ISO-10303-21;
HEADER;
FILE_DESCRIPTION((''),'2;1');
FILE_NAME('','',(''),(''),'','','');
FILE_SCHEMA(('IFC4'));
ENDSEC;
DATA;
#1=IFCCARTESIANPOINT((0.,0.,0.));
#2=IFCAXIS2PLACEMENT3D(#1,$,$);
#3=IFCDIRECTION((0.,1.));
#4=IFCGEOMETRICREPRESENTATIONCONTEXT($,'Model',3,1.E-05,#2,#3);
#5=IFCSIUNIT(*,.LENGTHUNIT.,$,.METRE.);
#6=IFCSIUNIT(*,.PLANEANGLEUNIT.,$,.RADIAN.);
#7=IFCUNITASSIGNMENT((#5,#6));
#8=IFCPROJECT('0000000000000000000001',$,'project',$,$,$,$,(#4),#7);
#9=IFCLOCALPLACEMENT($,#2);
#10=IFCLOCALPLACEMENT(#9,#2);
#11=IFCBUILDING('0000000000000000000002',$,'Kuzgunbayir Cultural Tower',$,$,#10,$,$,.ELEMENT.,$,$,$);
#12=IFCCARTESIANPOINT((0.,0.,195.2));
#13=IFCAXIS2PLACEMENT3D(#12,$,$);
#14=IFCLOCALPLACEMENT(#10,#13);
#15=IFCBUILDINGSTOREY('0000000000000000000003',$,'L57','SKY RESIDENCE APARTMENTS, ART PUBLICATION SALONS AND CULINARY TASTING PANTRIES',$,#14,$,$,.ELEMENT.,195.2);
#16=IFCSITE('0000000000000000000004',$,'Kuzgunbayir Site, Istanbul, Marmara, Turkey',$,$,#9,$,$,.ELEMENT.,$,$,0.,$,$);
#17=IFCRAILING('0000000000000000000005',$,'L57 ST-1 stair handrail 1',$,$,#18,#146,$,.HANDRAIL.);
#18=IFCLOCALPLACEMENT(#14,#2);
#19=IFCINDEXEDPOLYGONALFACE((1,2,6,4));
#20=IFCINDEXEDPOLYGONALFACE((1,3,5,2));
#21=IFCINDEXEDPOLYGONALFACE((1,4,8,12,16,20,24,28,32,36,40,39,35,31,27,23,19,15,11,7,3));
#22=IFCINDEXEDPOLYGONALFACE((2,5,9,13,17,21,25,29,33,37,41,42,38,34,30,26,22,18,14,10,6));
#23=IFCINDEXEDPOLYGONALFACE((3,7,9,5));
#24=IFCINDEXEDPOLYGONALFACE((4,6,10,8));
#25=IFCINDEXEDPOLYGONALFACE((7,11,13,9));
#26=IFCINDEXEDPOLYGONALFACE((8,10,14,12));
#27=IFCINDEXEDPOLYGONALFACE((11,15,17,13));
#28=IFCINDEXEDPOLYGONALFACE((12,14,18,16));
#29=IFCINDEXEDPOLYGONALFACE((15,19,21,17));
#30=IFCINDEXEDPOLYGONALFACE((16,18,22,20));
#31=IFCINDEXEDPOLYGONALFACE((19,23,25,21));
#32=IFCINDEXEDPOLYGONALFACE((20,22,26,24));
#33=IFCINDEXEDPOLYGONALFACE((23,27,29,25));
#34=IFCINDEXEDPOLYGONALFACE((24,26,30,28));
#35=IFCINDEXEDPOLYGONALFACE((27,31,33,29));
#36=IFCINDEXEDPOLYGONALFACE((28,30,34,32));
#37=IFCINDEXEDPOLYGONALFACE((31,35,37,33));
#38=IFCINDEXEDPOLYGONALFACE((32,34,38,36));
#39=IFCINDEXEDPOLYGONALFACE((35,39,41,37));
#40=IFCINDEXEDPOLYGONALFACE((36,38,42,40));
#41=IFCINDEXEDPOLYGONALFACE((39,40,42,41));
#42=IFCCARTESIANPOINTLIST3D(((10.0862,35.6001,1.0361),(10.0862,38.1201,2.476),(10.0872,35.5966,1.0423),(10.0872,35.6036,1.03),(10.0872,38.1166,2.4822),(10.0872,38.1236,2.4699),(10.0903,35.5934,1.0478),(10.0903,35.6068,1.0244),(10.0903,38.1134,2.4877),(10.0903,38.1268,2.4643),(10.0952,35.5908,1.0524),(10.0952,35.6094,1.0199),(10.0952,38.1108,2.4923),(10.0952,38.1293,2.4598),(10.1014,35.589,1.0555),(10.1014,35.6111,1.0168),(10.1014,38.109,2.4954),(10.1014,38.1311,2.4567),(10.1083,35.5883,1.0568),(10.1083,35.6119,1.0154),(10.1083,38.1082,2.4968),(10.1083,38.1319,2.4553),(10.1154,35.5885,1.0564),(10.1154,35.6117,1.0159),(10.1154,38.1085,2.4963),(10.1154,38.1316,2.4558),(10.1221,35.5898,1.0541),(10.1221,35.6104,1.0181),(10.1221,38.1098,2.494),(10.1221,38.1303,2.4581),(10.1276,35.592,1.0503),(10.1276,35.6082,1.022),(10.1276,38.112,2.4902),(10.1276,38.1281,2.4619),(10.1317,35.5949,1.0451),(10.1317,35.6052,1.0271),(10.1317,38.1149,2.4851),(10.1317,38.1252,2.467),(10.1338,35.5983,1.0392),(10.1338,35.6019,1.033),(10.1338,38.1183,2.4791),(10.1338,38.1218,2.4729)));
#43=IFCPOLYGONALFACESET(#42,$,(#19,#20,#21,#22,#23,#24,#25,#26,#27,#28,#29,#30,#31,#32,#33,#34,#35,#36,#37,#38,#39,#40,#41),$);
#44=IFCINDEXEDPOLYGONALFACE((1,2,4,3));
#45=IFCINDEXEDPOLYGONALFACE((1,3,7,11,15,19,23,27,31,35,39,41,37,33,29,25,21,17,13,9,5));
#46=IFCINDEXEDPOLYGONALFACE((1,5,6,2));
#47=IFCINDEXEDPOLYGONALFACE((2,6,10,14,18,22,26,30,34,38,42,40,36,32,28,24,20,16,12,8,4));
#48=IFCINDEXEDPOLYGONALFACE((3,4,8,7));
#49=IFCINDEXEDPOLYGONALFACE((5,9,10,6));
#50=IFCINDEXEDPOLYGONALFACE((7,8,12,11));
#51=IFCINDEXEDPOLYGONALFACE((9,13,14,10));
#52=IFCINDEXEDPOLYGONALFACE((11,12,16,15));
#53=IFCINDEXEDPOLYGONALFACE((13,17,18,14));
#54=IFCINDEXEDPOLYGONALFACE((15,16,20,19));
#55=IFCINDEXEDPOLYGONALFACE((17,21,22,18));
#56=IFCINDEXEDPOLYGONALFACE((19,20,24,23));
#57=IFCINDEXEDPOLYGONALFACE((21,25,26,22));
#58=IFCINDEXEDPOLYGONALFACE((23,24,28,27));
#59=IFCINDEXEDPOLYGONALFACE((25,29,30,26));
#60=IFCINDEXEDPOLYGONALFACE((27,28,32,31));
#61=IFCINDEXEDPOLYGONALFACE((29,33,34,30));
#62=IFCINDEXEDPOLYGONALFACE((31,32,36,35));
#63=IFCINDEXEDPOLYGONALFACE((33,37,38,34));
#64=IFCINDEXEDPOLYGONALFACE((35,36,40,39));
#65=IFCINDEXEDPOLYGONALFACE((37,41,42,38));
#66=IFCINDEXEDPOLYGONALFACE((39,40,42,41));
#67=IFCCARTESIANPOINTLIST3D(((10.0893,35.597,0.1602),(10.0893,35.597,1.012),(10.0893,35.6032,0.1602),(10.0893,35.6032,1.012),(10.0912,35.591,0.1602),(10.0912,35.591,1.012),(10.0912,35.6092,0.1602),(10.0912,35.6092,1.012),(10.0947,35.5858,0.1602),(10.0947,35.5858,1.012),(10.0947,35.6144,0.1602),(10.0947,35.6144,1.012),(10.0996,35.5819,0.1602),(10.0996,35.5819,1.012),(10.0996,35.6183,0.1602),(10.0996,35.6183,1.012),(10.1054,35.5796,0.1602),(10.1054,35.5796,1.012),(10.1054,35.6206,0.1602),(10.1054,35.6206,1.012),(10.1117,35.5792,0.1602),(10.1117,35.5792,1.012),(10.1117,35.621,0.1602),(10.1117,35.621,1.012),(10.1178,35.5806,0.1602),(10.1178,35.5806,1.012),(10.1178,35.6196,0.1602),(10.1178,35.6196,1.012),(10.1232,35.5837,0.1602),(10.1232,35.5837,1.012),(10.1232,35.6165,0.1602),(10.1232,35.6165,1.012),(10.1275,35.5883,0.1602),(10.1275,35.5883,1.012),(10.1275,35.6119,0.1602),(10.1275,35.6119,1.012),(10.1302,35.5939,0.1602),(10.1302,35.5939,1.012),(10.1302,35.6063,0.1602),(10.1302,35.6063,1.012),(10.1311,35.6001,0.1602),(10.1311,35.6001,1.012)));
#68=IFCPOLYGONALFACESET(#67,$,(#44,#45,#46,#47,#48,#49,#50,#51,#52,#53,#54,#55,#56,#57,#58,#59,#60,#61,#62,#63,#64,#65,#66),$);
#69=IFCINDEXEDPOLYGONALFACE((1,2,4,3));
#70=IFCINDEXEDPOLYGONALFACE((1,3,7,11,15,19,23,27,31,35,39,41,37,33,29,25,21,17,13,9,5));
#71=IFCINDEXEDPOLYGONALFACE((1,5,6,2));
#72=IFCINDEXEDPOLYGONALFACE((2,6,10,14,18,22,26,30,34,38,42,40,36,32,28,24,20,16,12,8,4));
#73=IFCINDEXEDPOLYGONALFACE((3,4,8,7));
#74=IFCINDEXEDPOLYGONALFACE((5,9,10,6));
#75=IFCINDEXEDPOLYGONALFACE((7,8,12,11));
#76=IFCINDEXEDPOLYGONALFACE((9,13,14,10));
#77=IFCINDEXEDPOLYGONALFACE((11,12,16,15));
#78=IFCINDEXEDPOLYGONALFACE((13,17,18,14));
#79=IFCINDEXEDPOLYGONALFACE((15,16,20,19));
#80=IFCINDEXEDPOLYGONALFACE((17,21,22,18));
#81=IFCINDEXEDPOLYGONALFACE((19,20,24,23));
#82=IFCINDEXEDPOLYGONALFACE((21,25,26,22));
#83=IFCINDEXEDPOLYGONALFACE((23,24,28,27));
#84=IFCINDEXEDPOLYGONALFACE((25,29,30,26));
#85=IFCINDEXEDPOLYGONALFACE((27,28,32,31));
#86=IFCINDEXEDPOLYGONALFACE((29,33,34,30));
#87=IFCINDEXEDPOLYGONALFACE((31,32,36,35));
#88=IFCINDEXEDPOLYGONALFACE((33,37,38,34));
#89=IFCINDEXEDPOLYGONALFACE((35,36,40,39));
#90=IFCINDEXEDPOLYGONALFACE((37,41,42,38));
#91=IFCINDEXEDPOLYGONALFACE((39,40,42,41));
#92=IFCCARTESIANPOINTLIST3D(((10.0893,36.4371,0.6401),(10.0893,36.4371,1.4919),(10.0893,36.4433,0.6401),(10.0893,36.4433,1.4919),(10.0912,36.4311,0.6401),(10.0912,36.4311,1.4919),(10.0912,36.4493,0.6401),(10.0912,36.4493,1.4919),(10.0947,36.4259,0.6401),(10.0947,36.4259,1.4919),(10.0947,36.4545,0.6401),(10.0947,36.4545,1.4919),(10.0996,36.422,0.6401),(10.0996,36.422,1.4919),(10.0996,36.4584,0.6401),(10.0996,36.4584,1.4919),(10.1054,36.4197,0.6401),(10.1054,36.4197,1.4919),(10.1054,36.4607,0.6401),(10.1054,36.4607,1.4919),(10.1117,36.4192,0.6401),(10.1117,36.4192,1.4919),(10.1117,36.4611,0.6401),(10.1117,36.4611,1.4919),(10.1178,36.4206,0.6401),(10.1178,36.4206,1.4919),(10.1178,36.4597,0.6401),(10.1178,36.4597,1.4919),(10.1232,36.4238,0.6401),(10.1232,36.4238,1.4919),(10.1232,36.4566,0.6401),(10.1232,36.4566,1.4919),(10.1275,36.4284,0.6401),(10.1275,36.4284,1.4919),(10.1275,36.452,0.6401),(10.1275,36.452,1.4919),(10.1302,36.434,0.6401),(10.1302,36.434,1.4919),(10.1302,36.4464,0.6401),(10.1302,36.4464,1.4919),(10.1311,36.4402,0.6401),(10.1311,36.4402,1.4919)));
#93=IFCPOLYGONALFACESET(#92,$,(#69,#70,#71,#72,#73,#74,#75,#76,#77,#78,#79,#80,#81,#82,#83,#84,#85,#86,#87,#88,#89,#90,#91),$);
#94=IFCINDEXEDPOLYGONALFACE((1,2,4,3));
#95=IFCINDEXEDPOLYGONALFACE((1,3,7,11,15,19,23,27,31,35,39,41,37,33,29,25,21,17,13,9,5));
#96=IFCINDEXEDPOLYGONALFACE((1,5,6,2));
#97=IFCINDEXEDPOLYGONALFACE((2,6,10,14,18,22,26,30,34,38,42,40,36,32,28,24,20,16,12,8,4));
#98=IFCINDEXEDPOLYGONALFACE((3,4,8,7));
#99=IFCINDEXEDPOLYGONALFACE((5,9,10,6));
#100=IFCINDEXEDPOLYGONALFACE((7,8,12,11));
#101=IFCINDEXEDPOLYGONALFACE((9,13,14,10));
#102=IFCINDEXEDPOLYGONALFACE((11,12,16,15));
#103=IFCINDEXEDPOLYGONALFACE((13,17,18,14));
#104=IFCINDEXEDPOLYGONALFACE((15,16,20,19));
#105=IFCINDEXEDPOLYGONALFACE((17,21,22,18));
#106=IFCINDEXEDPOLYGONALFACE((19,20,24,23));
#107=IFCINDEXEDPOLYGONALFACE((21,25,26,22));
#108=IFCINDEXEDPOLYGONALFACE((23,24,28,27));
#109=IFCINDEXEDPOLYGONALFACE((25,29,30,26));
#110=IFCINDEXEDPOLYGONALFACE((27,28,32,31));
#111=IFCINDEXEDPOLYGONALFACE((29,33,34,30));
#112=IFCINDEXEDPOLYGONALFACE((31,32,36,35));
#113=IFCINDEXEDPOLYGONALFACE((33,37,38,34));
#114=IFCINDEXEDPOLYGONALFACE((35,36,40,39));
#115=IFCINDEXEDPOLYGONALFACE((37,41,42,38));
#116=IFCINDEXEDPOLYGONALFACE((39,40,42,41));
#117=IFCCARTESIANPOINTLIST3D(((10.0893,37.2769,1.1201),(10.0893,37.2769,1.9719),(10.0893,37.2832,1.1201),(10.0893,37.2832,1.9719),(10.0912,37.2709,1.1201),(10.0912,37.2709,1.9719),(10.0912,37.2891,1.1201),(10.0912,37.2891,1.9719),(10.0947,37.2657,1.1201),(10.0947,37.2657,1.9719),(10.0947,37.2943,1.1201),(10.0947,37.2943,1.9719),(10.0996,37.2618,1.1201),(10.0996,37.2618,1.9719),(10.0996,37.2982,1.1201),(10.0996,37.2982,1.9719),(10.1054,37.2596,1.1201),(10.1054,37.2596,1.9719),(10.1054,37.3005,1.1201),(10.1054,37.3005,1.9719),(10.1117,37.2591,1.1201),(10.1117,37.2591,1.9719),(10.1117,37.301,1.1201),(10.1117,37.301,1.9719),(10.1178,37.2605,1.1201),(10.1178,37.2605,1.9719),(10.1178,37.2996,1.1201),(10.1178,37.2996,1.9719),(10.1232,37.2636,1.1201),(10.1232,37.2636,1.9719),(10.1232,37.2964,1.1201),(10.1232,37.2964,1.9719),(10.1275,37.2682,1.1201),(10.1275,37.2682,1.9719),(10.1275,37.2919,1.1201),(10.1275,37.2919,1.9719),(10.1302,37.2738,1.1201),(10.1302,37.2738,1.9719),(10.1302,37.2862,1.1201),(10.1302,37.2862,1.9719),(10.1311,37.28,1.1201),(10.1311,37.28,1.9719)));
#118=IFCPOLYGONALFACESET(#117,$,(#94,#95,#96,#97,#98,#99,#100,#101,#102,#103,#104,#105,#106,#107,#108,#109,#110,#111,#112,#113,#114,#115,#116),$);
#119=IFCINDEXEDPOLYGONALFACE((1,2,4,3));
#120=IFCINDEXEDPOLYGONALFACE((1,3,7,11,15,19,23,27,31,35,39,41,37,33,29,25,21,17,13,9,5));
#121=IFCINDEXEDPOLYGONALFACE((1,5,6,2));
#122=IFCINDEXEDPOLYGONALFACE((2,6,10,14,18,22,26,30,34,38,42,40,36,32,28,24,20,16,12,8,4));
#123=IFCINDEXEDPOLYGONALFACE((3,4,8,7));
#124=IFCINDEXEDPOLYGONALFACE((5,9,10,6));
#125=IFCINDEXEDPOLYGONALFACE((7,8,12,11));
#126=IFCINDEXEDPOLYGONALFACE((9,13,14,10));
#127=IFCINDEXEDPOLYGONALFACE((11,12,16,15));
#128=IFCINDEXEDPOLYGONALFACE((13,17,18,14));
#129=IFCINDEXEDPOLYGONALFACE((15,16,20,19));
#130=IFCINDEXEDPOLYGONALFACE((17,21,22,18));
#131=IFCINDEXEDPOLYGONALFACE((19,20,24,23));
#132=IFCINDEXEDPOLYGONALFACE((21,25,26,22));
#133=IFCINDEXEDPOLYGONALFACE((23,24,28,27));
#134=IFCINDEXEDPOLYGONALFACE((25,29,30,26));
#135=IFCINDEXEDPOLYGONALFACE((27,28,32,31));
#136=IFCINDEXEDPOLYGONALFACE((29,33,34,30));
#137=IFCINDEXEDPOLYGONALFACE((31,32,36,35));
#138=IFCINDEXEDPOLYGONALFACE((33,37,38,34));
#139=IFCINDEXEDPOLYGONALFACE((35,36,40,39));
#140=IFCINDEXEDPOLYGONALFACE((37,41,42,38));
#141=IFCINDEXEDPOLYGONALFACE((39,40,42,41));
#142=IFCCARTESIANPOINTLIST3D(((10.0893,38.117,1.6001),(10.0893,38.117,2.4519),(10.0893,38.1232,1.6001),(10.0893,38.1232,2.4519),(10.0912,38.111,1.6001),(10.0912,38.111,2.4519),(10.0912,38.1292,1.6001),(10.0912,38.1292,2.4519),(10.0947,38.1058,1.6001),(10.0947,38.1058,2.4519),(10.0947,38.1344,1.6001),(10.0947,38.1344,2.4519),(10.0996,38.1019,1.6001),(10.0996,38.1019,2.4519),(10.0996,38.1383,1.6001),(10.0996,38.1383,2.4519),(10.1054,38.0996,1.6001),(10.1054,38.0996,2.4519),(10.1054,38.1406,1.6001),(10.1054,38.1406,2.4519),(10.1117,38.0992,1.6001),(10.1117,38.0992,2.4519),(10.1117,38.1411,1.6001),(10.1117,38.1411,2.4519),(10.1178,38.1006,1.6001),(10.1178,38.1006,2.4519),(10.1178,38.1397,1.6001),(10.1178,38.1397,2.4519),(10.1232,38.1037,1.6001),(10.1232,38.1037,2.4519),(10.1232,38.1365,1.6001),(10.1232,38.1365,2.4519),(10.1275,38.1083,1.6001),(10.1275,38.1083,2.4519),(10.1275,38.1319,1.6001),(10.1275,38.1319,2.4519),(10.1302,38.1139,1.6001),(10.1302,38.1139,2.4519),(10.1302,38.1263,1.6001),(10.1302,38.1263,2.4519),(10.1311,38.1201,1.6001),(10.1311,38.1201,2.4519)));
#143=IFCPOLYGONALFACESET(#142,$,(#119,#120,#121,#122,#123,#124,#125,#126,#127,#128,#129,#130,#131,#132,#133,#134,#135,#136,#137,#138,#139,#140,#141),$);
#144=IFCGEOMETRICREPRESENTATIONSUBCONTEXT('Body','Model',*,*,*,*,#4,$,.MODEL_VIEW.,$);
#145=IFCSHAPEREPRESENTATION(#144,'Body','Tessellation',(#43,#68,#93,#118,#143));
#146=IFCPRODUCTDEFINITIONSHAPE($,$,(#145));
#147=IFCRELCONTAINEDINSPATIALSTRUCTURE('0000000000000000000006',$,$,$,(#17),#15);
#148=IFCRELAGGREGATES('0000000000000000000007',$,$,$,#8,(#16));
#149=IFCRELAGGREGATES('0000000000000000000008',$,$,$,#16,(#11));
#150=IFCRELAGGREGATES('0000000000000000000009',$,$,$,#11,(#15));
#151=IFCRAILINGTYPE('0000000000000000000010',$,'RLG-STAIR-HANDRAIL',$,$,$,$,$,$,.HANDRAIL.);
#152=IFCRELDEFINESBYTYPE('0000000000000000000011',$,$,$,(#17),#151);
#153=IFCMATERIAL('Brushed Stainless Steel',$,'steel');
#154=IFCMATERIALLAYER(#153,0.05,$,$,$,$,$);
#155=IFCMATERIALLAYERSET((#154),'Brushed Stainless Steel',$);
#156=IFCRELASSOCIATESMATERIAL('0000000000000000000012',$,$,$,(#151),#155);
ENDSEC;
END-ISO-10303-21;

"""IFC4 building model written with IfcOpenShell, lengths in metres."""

from ifc_helpers import new_model, si_unit, direction, frame, origin, origin_2d, place, context, subcontext, project, spatial, circle, extrude, material, layer, layer_set, type_object, element, save


model = new_model("IFC4")

# Units and contexts
model_context = context("Model", 3, precision=1e-05, world=origin(), true_north=direction((0.0, 1.0)))
body_context = subcontext(model_context, "Body", "Model", "MODEL_VIEW")
ifc_project = project(units=[si_unit("LENGTHUNIT", "METRE"), si_unit("PLANEANGLEUNIT", "RADIAN")], contexts=[model_context])

# Site, building, storey
site_placement = place(None, origin())
site = spatial("IfcSite", under=ifc_project, at=site_placement, Name="Kuzgunbayir Site, Istanbul, Marmara, Turkey", CompositionType="ELEMENT", RefElevation=0.0)
building_placement = place(site_placement, origin())
building = spatial("IfcBuilding", under=site, at=building_placement, Name="Kuzgunbayir Cultural Tower", CompositionType="ELEMENT")
storey_placement = place(building_placement, frame((0.0, 0.0, 195.2)))
storey = spatial("IfcBuildingStorey", under=building, at=storey_placement, Name="L57", Description="SKY RESIDENCE APARTMENTS, ART PUBLICATION SALONS AND CULINARY TASTING PANTRIES", CompositionType="ELEMENT", Elevation=195.2)

# Shared definitions
ifc_material_1 = material(Name="Brushed Stainless Steel", Category="steel")

# Railing
ifc_layer_1 = layer(ifc_material_1, 0.05)
ifc_layer_set_1 = layer_set([ifc_layer_1], Name="Brushed Stainless Steel")
railing_type_1 = type_object("IfcRailingType", Name="RLG-STAIR-HANDRAIL", PredefinedType="HANDRAIL", material=ifc_layer_set_1)
railing_1_placement = place(storey_placement, frame((10.1101, 35.6001, 0.1602)))
element("IfcRailing", 1, at=railing_1_placement, inside=storey, type_object=railing_type_1, Name="L57 ST-1 stair handrail 1", PredefinedType="HANDRAIL", context=body_context, shape_type="SweptSolid", body=[
    extrude(circle(Radius=0.0239, at=origin_2d()), frame((0.0, 0.0, 0.876), z_axis=(0.0, 0.868253, 0.496121), x_axis=(-1.0, 0.0, 0.0)), (0.0, 0.0, 1.0), 2.9023),
    extrude(circle(Radius=0.021, at=origin_2d()), origin(), (0.0, 0.0, 1.0), 0.8518),
    extrude(circle(Radius=0.021, at=origin_2d()), frame((0.0, 0.8401, 0.48)), (0.0, 0.0, 1.0), 0.8518),
    extrude(circle(Radius=0.021, at=origin_2d()), frame((0.0, 1.6799, 0.96)), (0.0, 0.0, 1.0), 0.8518),
    extrude(circle(Radius=0.021, at=origin_2d()), frame((0.0, 2.52, 1.4399)), (0.0, 0.0, 1.0), 0.8518),
])

save(model, "model.ifc")
